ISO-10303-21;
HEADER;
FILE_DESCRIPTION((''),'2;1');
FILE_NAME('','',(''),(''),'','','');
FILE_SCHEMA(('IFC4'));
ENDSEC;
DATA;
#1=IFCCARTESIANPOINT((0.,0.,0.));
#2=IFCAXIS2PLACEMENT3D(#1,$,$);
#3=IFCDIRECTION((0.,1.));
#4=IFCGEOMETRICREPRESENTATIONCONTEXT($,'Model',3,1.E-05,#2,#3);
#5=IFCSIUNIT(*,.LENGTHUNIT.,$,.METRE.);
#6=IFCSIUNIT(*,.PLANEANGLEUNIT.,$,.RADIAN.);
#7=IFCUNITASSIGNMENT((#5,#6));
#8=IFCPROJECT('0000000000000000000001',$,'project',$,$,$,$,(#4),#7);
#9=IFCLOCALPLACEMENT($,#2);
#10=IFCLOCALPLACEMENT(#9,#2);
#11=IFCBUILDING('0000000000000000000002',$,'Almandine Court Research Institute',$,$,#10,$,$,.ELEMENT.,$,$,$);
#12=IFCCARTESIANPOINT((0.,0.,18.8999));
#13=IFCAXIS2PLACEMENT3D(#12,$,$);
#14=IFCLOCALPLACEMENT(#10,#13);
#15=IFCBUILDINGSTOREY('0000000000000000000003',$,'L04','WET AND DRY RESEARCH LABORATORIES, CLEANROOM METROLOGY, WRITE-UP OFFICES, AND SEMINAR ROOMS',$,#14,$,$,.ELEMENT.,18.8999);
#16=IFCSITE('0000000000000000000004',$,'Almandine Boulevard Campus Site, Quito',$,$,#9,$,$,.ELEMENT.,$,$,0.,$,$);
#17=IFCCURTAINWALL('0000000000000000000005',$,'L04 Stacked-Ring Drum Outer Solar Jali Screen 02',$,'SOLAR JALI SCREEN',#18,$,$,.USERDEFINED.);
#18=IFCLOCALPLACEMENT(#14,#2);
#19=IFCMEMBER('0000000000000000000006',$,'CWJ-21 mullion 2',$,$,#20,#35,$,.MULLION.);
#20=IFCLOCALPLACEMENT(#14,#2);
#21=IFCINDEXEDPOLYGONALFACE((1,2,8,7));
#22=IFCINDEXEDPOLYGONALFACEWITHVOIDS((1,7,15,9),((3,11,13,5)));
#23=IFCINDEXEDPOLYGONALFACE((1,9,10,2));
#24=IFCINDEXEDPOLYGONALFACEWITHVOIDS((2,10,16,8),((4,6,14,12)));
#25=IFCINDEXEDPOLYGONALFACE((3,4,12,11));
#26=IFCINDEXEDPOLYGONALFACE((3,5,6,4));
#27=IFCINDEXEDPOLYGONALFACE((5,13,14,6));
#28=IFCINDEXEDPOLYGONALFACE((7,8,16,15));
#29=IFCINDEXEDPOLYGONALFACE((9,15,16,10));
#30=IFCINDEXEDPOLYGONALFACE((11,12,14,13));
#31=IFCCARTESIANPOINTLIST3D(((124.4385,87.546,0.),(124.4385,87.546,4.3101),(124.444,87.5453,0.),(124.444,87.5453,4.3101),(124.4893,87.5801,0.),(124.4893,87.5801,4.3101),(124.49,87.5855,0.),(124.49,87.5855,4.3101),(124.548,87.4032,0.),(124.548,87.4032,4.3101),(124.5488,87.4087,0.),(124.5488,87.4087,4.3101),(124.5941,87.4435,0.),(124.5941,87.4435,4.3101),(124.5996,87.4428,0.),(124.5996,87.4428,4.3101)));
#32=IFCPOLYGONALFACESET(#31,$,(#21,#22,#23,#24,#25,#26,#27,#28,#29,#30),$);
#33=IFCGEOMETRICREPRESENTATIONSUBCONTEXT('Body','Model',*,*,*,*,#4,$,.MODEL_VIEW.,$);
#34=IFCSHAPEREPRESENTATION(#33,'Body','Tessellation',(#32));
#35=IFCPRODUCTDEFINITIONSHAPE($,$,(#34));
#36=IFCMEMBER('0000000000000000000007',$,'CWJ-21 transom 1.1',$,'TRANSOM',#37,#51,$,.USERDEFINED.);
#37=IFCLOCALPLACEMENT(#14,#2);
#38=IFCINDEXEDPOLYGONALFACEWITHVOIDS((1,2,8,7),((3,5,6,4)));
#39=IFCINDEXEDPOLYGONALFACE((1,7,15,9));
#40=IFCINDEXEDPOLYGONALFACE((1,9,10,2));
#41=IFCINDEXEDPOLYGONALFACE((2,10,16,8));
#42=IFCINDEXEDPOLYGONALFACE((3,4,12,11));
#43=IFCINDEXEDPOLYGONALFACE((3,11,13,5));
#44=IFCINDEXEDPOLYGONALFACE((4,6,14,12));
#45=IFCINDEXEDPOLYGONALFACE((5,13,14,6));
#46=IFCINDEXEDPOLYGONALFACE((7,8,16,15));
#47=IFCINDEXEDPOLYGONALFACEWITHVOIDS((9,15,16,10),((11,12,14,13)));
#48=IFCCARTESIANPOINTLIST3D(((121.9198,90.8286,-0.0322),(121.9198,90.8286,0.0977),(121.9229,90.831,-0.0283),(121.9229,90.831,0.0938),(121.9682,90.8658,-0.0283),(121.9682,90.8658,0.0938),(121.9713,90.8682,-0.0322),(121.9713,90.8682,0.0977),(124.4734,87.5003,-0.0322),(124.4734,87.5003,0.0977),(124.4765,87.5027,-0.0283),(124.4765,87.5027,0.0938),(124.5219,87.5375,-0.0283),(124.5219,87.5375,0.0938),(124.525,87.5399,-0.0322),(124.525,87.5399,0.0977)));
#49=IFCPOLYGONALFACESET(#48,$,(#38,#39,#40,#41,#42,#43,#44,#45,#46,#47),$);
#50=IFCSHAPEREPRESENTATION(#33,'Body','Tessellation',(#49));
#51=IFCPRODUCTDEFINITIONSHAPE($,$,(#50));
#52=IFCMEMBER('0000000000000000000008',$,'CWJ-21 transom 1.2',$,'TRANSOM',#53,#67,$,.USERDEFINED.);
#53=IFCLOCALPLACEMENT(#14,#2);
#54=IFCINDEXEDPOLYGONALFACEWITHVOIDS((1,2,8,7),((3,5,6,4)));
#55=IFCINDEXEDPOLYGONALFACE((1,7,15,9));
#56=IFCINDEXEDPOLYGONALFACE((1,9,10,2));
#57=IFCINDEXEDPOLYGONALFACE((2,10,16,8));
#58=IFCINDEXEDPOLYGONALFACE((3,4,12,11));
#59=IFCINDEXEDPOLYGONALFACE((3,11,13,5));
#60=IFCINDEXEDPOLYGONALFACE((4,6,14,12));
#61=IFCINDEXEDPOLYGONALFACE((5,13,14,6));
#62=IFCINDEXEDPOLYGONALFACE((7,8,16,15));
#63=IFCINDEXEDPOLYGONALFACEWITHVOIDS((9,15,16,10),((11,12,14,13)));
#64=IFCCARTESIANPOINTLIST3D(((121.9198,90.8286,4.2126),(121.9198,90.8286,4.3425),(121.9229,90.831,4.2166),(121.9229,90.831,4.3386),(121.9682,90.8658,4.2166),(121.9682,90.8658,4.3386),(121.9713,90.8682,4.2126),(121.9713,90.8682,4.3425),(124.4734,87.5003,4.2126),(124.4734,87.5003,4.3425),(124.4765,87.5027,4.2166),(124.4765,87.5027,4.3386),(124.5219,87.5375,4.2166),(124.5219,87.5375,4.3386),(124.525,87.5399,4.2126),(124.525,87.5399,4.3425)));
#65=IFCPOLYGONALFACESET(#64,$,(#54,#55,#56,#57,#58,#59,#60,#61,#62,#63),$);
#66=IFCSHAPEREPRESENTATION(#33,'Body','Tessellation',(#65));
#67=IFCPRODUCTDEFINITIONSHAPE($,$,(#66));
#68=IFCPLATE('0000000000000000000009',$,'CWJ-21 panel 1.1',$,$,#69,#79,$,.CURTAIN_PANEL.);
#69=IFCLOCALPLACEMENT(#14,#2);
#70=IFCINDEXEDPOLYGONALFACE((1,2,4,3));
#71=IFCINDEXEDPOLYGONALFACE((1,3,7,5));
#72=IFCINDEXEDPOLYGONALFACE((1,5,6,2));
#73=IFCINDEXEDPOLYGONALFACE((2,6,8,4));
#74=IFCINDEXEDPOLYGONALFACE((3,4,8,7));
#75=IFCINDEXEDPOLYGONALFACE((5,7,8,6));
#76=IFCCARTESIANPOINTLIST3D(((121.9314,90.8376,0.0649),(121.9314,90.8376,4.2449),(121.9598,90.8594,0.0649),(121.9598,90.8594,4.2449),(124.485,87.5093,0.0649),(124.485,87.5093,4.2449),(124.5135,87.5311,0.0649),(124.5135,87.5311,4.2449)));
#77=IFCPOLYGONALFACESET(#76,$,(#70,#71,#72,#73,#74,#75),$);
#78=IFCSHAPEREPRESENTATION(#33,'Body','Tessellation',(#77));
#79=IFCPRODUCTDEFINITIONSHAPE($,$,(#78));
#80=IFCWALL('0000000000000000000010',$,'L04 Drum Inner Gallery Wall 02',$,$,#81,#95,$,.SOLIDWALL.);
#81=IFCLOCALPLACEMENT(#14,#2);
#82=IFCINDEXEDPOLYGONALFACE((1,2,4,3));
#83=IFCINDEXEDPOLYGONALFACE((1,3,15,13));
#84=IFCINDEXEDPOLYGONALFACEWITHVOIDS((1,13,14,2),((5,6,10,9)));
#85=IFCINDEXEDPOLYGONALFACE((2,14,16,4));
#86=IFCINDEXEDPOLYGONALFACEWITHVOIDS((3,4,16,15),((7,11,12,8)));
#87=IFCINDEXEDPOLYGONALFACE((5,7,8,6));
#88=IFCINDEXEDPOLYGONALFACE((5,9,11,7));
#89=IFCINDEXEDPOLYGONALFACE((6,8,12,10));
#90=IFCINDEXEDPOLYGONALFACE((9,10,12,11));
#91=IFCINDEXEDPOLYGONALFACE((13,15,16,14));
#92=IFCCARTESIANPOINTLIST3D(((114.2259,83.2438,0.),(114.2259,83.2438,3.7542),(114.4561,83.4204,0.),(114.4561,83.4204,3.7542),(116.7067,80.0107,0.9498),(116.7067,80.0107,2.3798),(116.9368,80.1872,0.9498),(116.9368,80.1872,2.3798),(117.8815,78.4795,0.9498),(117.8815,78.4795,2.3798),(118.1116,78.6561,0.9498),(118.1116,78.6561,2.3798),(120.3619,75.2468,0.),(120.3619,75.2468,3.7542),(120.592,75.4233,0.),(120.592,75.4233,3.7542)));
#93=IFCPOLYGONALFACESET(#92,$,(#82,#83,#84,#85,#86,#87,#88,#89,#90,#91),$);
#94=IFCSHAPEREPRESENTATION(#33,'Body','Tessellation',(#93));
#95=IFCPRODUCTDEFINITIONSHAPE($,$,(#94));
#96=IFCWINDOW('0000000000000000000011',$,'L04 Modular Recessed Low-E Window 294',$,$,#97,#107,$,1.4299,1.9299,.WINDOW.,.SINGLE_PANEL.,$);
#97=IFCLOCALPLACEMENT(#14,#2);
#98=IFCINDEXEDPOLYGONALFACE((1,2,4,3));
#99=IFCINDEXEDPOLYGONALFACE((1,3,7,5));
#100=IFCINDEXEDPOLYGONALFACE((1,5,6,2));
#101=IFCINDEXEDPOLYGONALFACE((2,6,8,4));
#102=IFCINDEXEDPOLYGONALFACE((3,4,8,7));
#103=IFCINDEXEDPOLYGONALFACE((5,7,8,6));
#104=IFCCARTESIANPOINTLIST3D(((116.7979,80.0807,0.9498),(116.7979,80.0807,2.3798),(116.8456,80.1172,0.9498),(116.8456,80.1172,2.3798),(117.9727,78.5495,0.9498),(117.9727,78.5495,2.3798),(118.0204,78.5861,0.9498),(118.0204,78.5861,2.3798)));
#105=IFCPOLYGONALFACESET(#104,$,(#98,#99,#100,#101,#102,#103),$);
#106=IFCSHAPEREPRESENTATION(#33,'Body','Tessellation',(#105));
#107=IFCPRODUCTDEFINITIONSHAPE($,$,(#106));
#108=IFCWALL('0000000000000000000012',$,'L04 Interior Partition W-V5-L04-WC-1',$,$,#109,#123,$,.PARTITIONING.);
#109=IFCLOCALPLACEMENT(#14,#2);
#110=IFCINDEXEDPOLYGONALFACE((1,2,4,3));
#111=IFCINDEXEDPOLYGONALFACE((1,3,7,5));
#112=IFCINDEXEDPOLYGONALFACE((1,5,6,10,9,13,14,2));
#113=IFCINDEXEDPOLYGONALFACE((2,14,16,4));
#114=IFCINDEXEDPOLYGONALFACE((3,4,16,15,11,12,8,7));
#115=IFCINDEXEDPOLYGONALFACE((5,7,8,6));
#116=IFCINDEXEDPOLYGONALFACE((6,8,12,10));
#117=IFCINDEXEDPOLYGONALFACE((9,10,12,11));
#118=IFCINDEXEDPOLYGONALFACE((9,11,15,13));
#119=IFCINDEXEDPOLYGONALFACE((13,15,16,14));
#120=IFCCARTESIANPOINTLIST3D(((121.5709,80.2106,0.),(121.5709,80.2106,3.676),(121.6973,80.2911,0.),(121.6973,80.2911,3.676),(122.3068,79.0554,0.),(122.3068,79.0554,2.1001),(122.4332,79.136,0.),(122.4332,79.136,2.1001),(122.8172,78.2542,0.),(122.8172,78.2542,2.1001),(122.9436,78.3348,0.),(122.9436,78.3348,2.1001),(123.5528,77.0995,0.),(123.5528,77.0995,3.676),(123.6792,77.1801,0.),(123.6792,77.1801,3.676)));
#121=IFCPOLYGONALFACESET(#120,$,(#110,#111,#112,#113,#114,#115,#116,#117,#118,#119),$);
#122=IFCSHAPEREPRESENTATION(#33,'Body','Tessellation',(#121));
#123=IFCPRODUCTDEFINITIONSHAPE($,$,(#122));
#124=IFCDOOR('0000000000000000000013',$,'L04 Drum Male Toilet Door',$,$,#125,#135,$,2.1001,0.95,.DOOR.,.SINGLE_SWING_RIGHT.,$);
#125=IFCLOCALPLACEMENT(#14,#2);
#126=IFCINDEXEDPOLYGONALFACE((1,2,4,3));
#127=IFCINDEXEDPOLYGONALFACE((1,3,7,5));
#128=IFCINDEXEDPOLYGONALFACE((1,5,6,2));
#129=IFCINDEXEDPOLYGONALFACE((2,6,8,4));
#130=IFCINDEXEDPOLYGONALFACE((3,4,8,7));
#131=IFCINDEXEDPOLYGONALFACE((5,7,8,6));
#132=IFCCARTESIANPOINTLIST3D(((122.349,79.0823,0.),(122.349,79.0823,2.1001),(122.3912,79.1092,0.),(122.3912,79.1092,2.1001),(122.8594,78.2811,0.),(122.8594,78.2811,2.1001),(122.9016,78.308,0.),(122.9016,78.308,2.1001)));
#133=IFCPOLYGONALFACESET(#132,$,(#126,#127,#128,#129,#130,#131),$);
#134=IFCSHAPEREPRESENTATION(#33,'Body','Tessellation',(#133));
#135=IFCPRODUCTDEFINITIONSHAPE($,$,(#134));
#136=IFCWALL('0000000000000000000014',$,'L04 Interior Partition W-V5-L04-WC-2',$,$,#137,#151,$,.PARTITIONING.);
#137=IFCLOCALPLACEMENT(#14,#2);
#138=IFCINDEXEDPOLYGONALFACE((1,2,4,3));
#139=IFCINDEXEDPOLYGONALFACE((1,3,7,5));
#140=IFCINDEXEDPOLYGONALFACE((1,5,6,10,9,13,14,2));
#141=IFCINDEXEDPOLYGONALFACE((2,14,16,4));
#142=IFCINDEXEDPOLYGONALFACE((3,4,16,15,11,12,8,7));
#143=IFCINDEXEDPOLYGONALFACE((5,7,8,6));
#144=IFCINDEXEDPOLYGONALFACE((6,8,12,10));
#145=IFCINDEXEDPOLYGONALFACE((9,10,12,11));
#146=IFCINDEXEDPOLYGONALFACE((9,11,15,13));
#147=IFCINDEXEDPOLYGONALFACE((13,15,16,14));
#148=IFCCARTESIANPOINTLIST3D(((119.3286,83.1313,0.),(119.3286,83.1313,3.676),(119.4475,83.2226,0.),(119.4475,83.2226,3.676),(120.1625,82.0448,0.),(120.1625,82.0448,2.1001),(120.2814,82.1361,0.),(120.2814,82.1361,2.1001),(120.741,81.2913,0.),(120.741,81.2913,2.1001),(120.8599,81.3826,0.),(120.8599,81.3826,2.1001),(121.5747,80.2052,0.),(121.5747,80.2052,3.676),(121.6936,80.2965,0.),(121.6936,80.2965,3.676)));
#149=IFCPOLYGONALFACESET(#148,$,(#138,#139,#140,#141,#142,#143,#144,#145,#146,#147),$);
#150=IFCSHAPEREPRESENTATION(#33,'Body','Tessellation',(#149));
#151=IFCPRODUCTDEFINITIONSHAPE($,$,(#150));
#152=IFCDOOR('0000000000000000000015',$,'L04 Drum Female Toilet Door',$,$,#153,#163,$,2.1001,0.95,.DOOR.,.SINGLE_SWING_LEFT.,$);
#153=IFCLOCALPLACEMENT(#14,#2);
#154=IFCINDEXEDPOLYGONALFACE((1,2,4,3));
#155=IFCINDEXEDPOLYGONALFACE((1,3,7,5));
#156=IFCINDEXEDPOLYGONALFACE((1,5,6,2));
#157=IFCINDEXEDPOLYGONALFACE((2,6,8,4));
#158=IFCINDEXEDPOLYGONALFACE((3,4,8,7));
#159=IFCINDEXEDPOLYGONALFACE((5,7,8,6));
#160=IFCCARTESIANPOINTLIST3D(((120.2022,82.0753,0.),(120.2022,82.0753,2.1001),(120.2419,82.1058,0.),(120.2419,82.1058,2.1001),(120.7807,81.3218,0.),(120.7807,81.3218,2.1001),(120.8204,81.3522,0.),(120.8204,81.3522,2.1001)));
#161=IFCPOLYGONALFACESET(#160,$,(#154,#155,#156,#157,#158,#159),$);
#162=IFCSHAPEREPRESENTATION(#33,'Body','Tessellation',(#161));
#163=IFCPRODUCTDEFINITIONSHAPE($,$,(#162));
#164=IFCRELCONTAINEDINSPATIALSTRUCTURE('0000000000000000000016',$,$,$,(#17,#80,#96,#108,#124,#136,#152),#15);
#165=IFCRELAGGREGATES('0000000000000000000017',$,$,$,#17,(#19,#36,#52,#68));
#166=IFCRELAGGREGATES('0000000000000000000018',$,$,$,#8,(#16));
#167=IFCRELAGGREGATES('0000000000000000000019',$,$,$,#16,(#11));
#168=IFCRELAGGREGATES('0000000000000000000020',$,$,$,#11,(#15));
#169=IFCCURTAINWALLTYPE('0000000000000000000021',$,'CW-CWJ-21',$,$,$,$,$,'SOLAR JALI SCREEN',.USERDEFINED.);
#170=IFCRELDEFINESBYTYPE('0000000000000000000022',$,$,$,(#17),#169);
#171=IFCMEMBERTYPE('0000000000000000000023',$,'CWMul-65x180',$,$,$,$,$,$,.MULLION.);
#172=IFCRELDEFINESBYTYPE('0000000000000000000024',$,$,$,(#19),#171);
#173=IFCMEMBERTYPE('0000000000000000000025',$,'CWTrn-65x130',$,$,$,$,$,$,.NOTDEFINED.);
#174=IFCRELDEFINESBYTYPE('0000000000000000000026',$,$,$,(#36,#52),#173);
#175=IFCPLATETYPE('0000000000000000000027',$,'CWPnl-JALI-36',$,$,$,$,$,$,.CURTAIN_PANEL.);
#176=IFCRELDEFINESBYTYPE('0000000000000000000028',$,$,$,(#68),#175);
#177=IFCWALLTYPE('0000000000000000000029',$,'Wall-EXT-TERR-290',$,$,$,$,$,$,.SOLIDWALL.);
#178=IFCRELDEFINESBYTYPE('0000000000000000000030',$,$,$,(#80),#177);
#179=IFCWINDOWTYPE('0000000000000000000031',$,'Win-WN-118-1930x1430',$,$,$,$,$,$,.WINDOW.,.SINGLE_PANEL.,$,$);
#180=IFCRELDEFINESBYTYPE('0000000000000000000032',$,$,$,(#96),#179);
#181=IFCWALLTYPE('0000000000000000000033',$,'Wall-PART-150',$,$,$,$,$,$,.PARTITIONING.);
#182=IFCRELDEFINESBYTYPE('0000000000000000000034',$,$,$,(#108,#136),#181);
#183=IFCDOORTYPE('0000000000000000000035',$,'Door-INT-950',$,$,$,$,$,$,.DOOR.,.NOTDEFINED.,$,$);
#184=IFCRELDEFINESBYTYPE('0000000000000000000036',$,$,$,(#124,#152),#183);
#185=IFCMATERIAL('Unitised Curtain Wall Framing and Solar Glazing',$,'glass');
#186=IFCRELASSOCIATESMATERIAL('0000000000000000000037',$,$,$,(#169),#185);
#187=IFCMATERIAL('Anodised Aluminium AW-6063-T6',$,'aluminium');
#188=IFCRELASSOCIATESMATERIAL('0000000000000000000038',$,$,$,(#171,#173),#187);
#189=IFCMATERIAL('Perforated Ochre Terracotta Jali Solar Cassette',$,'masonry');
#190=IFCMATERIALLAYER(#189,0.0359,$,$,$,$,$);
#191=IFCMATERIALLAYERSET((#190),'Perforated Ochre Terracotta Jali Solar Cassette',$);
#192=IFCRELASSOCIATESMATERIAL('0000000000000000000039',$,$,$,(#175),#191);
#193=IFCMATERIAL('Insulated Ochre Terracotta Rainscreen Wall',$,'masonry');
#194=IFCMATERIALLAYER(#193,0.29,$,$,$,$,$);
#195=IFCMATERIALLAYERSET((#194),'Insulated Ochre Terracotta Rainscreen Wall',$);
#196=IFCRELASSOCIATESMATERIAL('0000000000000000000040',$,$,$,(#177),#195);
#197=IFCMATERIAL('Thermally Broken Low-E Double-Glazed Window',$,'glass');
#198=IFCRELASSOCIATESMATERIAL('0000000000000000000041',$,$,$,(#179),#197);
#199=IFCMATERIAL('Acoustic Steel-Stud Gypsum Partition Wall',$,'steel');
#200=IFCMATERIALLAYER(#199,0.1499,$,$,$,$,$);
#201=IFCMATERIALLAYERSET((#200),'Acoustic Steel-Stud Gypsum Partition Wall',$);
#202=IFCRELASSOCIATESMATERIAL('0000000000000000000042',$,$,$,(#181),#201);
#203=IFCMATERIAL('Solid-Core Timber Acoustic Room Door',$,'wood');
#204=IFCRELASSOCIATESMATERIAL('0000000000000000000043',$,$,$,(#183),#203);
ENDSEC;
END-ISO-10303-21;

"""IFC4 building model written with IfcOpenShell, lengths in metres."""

from ifc_helpers import new_model, si_unit, direction, frame, frame_2d, origin, origin_2d, place, context, subcontext, project, spatial, rectangle, hollow_rectangle, extrude, material, layer, layer_set, material_profile, profile_set, type_object, element, fill, aggregate, save


model = new_model("IFC4")

# Units and contexts
model_context = context("Model", 3, precision=1e-05, world=origin(), true_north=direction((0.0, 1.0)))
body_context = subcontext(model_context, "Body", "Model", "MODEL_VIEW")
ifc_project = project(units=[si_unit("LENGTHUNIT", "METRE"), si_unit("PLANEANGLEUNIT", "RADIAN")], contexts=[model_context])

# Site, building, storey
site_placement = place(None, origin())
site = spatial("IfcSite", under=ifc_project, at=site_placement, Name="Almandine Boulevard Campus Site, Quito", CompositionType="ELEMENT", RefElevation=0.0)
building_placement = place(site_placement, origin())
building = spatial("IfcBuilding", under=site, at=building_placement, Name="Almandine Court Research Institute", CompositionType="ELEMENT")
storey_placement = place(building_placement, frame((0.0, 0.0, 18.8999)))
storey = spatial("IfcBuildingStorey", under=building, at=storey_placement, Name="L04", Description="WET AND DRY RESEARCH LABORATORIES, CLEANROOM METROLOGY, WRITE-UP OFFICES, AND SEMINAR ROOMS", CompositionType="ELEMENT", Elevation=18.8999)

# Curtain wall, members, plate
ifc_material_1 = material(Name="Unitised Curtain Wall Framing and Solar Glazing", Category="glass")
curtain_wall_type = type_object("IfcCurtainWallType", Name="CW-CWJ-21", ElementType="SOLAR JALI SCREEN", PredefinedType="USERDEFINED", material=ifc_material_1)
curtain_wall_placement = place(storey_placement, origin())
curtain_wall = element("IfcCurtainWall", 1, at=curtain_wall_placement, inside=storey, type_object=curtain_wall_type, Name="L04 Stacked-Ring Drum Outer Solar Jali Screen 02", ObjectType="SOLAR JALI SCREEN", PredefinedType="USERDEFINED")
ifc_material_2 = material(Name="Anodised Aluminium AW-6063-T6", Category="aluminium")
ifc_material_profile_1 = material_profile(ifc_material_2, hollow_rectangle(XDim=0.0649, YDim=0.1799, WallThickness=0.0039, at=origin_2d()), Name="ALU RHS 65x180x4")
ifc_profile_set_1 = profile_set([ifc_material_profile_1], Name="Anodised Aluminium AW-6063-T6")
member_type_1 = type_object("IfcMemberType", Name="CWMul-65x180", PredefinedType="MULLION", material=ifc_profile_set_1)
member_1_placement = place(storey_placement, frame((124.519, 87.4944, 0.0), z_axis=(0.0, 0.0, 1.0), x_axis=(0.793383, 0.608723, 0.0)))
member_1 = element("IfcMember", 2, at=member_1_placement, type_object=member_type_1, Name="CWJ-21 mullion 2", PredefinedType="MULLION", context=body_context, shape_type="SweptSolid", body=[
    extrude(hollow_rectangle(XDim=0.0649, YDim=0.1799, WallThickness=0.0039, at=origin_2d()), origin(), (0.0, 0.0, 1.0), 4.3101),
])
ifc_material_profile_2 = material_profile(ifc_material_2, hollow_rectangle(XDim=0.0649, YDim=0.1299, WallThickness=0.0039, at=origin_2d()), Name="ALU RHS 65x130x4")
ifc_profile_set_2 = profile_set([ifc_material_profile_2], Name="Anodised Aluminium AW-6063-T6")
member_type_2 = type_object("IfcMemberType", Name="CWTrn-65x130", PredefinedType="NOTDEFINED", material=ifc_profile_set_2)
member_2_placement = place(storey_placement, frame((121.9456, 90.8484, 0.0327), z_axis=(0.608726, -0.793381, 0.0), x_axis=(0.793381, 0.608726, 0.0)))
member_2 = element("IfcMember", 3, at=member_2_placement, type_object=member_type_2, Name="CWJ-21 transom 1.1", ObjectType="TRANSOM", PredefinedType="USERDEFINED", context=body_context, shape_type="SweptSolid", body=[
    extrude(hollow_rectangle(XDim=0.0649, YDim=0.1299, WallThickness=0.0039, at=origin_2d()), origin(), (0.0, 0.0, 1.0), 4.1951),
])
member_3_placement = place(storey_placement, frame((121.9456, 90.8484, 4.2776), z_axis=(0.608726, -0.793381, 0.0), x_axis=(0.793381, 0.608726, 0.0)))
member_3 = element("IfcMember", 4, at=member_3_placement, type_object=member_type_2, Name="CWJ-21 transom 1.2", ObjectType="TRANSOM", PredefinedType="USERDEFINED", context=body_context, shape_type="SweptSolid", body=[
    extrude(hollow_rectangle(XDim=0.0649, YDim=0.1299, WallThickness=0.0039, at=origin_2d()), origin(), (0.0, 0.0, 1.0), 4.1951),
])
ifc_material_3 = material(Name="Perforated Ochre Terracotta Jali Solar Cassette", Category="masonry")
ifc_layer_1 = layer(ifc_material_3, 0.0359)
ifc_layer_set_1 = layer_set([ifc_layer_1], Name="Perforated Ochre Terracotta Jali Solar Cassette")
plate_type = type_object("IfcPlateType", Name="CWPnl-JALI-36", PredefinedType="CURTAIN_PANEL", material=ifc_layer_set_1)
plate_placement = place(storey_placement, frame((123.2224, 89.1843, 0.0649), z_axis=(0.0, 0.0, 1.0), x_axis=(0.608723, -0.793383, 0.0)))
plate = element("IfcPlate", 5, at=plate_placement, type_object=plate_type, Name="CWJ-21 panel 1.1", PredefinedType="CURTAIN_PANEL", context=body_context, shape_type="SweptSolid", body=[
    extrude(rectangle(XDim=4.1951, YDim=0.0359, at=origin_2d()), origin(), (0.0, 0.0, 1.0), 4.1799),
])
aggregate(curtain_wall, [member_1, member_2, member_3, plate])

# Wall, opening, window
ifc_material_4 = material(Name="Insulated Ochre Terracotta Rainscreen Wall", Category="masonry")
ifc_layer_2 = layer(ifc_material_4, 0.29)
ifc_layer_set_2 = layer_set([ifc_layer_2], Name="Insulated Ochre Terracotta Rainscreen Wall")
wall_type_1 = type_object("IfcWallType", Name="Wall-EXT-TERR-290", PredefinedType="SOLIDWALL", material=ifc_layer_set_2)
wall_1_placement = place(storey_placement, frame((120.4771, 75.335, 0.0), z_axis=(0.0, 0.0, 1.0), x_axis=(-0.608738, 0.793372, 0.0)))
wall_1 = element("IfcWall", 6, at=wall_1_placement, inside=storey, type_object=wall_type_1, Name="L04 Drum Inner Gallery Wall 02", PredefinedType="SOLIDWALL", context=body_context, shape_type="SweptSolid", body=[
    extrude(rectangle(XDim=10.0798, YDim=0.29, at=frame_2d((5.04, 0.0))), origin(), (0.0, 0.0, 1.0), 3.7542),
])
opening_1_placement = place(wall_1_placement, frame((4.075, 0.0, 0.95)))
opening_1 = element("IfcOpeningElement", 7, at=opening_1_placement, cuts=wall_1, PredefinedType="OPENING", context=body_context, shape_type="SweptSolid", body=[
    extrude(rectangle(XDim=1.9299, YDim=1.4299, at=frame_2d((0.9648, 0.7148))), frame((0.0, 0.155, 0.0), z_axis=(0.0, -1.0, 0.0), x_axis=(1.0, 0.0, 0.0)), (0.0, 0.0, 1.0), 0.3101),
])
ifc_material_5 = material(Name="Thermally Broken Low-E Double-Glazed Window", Category="glass")
window_type = type_object("IfcWindowType", Name="Win-WN-118-1930x1430", PartitioningType="SINGLE_PANEL", PredefinedType="WINDOW", material=ifc_material_5)
window_placement = place(opening_1_placement, origin())
window = element("IfcWindow", 8, at=window_placement, inside=storey, type_object=window_type, Name="L04 Modular Recessed Low-E Window 294", OverallHeight=1.4299, OverallWidth=1.9299, PartitioningType="SINGLE_PANEL", PredefinedType="WINDOW", context=body_context, shape_type="SweptSolid", body=[
    extrude(rectangle(XDim=1.9299, YDim=1.4299, at=frame_2d((0.9648, 0.7148))), frame((0.0, 0.03, 0.0), z_axis=(0.0, -1.0, 0.0), x_axis=(1.0, 0.0, 0.0)), (0.0, 0.0, 1.0), 0.0601),
])
fill(opening_1, window)

# Walls, openings, doors
ifc_material_6 = material(Name="Acoustic Steel-Stud Gypsum Partition Wall", Category="steel")
ifc_layer_3 = layer(ifc_material_6, 0.1499)
ifc_layer_set_3 = layer_set([ifc_layer_3], Name="Acoustic Steel-Stud Gypsum Partition Wall")
wall_type_2 = type_object("IfcWallType", Name="Wall-PART-150", PredefinedType="PARTITIONING", material=ifc_layer_set_3)
wall_2_placement = place(storey_placement, frame((123.616, 77.1399, 0.0), z_axis=(0.0, 0.0, 1.0), x_axis=(-0.537291, 0.843397, 0.0)))
wall_2 = element("IfcWall", 9, at=wall_2_placement, inside=storey, type_object=wall_type_2, Name="L04 Interior Partition W-V5-L04-WC-1", PredefinedType="PARTITIONING", context=body_context, shape_type="SweptSolid", body=[
    extrude(rectangle(XDim=3.6887, YDim=0.1499, at=frame_2d((1.8442, 0.0))), origin(), (0.0, 0.0, 1.0), 3.676),
])
opening_2_placement = place(wall_2_placement, frame((1.3689, 0.0, 0.0)))
opening_2 = element("IfcOpeningElement", 10, at=opening_2_placement, cuts=wall_2, PredefinedType="OPENING", context=body_context, shape_type="SweptSolid", body=[
    extrude(rectangle(XDim=0.95, YDim=2.1001, at=frame_2d((0.4751, 1.05))), frame((0.0, 0.085, 0.0), z_axis=(0.0, -1.0, 0.0), x_axis=(1.0, 0.0, 0.0)), (0.0, 0.0, 1.0), 0.1699),
])
ifc_material_7 = material(Name="Solid-Core Timber Acoustic Room Door", Category="wood")
door_type = type_object("IfcDoorType", Name="Door-INT-950", OperationType="NOTDEFINED", PredefinedType="DOOR", material=ifc_material_7)
door_1_placement = place(opening_2_placement, origin())
door_1 = element("IfcDoor", 11, at=door_1_placement, inside=storey, type_object=door_type, Name="L04 Drum Male Toilet Door", OperationType="SINGLE_SWING_RIGHT", OverallHeight=2.1001, OverallWidth=0.95, PredefinedType="DOOR", context=body_context, shape_type="SweptSolid", body=[
    extrude(rectangle(XDim=0.95, YDim=2.1001, at=frame_2d((0.4751, 1.05))), frame((0.0, 0.0249, 0.0), z_axis=(0.0, -1.0, 0.0), x_axis=(1.0, 0.0, 0.0)), (0.0, 0.0, 1.0), 0.05),
])
fill(opening_2, door_1)
wall_3_placement = place(storey_placement, frame((121.634, 80.251, 0.0), z_axis=(0.0, 0.0, 1.0), x_axis=(-0.608911, 0.793239, 0.0)))
wall_3 = element("IfcWall", 12, at=wall_3_placement, inside=storey, type_object=wall_type_2, Name="L04 Interior Partition W-V5-L04-WC-2", PredefinedType="PARTITIONING", context=body_context, shape_type="SweptSolid", body=[
    extrude(rectangle(XDim=3.6887, YDim=0.1499, at=frame_2d((1.8442, 0.0))), origin(), (0.0, 0.0, 1.0), 3.676),
])
opening_3_placement = place(wall_3_placement, frame((1.3689, 0.0, 0.0)))
opening_3 = element("IfcOpeningElement", 13, at=opening_3_placement, cuts=wall_3, PredefinedType="OPENING", context=body_context, shape_type="SweptSolid", body=[
    extrude(rectangle(XDim=0.95, YDim=2.1001, at=frame_2d((0.4751, 1.05))), frame((0.0, 0.085, 0.0), z_axis=(0.0, -1.0, 0.0), x_axis=(1.0, 0.0, 0.0)), (0.0, 0.0, 1.0), 0.1699),
])
door_2_placement = place(opening_3_placement, origin())
door_2 = element("IfcDoor", 14, at=door_2_placement, inside=storey, type_object=door_type, Name="L04 Drum Female Toilet Door", OperationType="SINGLE_SWING_LEFT", OverallHeight=2.1001, OverallWidth=0.95, PredefinedType="DOOR", context=body_context, shape_type="SweptSolid", body=[
    extrude(rectangle(XDim=0.95, YDim=2.1001, at=frame_2d((0.4751, 1.05))), frame((0.0, 0.0249, 0.0), z_axis=(0.0, -1.0, 0.0), x_axis=(1.0, 0.0, 0.0)), (0.0, 0.0, 1.0), 0.05),
])
fill(opening_3, door_2)

save(model, "model.ifc")
